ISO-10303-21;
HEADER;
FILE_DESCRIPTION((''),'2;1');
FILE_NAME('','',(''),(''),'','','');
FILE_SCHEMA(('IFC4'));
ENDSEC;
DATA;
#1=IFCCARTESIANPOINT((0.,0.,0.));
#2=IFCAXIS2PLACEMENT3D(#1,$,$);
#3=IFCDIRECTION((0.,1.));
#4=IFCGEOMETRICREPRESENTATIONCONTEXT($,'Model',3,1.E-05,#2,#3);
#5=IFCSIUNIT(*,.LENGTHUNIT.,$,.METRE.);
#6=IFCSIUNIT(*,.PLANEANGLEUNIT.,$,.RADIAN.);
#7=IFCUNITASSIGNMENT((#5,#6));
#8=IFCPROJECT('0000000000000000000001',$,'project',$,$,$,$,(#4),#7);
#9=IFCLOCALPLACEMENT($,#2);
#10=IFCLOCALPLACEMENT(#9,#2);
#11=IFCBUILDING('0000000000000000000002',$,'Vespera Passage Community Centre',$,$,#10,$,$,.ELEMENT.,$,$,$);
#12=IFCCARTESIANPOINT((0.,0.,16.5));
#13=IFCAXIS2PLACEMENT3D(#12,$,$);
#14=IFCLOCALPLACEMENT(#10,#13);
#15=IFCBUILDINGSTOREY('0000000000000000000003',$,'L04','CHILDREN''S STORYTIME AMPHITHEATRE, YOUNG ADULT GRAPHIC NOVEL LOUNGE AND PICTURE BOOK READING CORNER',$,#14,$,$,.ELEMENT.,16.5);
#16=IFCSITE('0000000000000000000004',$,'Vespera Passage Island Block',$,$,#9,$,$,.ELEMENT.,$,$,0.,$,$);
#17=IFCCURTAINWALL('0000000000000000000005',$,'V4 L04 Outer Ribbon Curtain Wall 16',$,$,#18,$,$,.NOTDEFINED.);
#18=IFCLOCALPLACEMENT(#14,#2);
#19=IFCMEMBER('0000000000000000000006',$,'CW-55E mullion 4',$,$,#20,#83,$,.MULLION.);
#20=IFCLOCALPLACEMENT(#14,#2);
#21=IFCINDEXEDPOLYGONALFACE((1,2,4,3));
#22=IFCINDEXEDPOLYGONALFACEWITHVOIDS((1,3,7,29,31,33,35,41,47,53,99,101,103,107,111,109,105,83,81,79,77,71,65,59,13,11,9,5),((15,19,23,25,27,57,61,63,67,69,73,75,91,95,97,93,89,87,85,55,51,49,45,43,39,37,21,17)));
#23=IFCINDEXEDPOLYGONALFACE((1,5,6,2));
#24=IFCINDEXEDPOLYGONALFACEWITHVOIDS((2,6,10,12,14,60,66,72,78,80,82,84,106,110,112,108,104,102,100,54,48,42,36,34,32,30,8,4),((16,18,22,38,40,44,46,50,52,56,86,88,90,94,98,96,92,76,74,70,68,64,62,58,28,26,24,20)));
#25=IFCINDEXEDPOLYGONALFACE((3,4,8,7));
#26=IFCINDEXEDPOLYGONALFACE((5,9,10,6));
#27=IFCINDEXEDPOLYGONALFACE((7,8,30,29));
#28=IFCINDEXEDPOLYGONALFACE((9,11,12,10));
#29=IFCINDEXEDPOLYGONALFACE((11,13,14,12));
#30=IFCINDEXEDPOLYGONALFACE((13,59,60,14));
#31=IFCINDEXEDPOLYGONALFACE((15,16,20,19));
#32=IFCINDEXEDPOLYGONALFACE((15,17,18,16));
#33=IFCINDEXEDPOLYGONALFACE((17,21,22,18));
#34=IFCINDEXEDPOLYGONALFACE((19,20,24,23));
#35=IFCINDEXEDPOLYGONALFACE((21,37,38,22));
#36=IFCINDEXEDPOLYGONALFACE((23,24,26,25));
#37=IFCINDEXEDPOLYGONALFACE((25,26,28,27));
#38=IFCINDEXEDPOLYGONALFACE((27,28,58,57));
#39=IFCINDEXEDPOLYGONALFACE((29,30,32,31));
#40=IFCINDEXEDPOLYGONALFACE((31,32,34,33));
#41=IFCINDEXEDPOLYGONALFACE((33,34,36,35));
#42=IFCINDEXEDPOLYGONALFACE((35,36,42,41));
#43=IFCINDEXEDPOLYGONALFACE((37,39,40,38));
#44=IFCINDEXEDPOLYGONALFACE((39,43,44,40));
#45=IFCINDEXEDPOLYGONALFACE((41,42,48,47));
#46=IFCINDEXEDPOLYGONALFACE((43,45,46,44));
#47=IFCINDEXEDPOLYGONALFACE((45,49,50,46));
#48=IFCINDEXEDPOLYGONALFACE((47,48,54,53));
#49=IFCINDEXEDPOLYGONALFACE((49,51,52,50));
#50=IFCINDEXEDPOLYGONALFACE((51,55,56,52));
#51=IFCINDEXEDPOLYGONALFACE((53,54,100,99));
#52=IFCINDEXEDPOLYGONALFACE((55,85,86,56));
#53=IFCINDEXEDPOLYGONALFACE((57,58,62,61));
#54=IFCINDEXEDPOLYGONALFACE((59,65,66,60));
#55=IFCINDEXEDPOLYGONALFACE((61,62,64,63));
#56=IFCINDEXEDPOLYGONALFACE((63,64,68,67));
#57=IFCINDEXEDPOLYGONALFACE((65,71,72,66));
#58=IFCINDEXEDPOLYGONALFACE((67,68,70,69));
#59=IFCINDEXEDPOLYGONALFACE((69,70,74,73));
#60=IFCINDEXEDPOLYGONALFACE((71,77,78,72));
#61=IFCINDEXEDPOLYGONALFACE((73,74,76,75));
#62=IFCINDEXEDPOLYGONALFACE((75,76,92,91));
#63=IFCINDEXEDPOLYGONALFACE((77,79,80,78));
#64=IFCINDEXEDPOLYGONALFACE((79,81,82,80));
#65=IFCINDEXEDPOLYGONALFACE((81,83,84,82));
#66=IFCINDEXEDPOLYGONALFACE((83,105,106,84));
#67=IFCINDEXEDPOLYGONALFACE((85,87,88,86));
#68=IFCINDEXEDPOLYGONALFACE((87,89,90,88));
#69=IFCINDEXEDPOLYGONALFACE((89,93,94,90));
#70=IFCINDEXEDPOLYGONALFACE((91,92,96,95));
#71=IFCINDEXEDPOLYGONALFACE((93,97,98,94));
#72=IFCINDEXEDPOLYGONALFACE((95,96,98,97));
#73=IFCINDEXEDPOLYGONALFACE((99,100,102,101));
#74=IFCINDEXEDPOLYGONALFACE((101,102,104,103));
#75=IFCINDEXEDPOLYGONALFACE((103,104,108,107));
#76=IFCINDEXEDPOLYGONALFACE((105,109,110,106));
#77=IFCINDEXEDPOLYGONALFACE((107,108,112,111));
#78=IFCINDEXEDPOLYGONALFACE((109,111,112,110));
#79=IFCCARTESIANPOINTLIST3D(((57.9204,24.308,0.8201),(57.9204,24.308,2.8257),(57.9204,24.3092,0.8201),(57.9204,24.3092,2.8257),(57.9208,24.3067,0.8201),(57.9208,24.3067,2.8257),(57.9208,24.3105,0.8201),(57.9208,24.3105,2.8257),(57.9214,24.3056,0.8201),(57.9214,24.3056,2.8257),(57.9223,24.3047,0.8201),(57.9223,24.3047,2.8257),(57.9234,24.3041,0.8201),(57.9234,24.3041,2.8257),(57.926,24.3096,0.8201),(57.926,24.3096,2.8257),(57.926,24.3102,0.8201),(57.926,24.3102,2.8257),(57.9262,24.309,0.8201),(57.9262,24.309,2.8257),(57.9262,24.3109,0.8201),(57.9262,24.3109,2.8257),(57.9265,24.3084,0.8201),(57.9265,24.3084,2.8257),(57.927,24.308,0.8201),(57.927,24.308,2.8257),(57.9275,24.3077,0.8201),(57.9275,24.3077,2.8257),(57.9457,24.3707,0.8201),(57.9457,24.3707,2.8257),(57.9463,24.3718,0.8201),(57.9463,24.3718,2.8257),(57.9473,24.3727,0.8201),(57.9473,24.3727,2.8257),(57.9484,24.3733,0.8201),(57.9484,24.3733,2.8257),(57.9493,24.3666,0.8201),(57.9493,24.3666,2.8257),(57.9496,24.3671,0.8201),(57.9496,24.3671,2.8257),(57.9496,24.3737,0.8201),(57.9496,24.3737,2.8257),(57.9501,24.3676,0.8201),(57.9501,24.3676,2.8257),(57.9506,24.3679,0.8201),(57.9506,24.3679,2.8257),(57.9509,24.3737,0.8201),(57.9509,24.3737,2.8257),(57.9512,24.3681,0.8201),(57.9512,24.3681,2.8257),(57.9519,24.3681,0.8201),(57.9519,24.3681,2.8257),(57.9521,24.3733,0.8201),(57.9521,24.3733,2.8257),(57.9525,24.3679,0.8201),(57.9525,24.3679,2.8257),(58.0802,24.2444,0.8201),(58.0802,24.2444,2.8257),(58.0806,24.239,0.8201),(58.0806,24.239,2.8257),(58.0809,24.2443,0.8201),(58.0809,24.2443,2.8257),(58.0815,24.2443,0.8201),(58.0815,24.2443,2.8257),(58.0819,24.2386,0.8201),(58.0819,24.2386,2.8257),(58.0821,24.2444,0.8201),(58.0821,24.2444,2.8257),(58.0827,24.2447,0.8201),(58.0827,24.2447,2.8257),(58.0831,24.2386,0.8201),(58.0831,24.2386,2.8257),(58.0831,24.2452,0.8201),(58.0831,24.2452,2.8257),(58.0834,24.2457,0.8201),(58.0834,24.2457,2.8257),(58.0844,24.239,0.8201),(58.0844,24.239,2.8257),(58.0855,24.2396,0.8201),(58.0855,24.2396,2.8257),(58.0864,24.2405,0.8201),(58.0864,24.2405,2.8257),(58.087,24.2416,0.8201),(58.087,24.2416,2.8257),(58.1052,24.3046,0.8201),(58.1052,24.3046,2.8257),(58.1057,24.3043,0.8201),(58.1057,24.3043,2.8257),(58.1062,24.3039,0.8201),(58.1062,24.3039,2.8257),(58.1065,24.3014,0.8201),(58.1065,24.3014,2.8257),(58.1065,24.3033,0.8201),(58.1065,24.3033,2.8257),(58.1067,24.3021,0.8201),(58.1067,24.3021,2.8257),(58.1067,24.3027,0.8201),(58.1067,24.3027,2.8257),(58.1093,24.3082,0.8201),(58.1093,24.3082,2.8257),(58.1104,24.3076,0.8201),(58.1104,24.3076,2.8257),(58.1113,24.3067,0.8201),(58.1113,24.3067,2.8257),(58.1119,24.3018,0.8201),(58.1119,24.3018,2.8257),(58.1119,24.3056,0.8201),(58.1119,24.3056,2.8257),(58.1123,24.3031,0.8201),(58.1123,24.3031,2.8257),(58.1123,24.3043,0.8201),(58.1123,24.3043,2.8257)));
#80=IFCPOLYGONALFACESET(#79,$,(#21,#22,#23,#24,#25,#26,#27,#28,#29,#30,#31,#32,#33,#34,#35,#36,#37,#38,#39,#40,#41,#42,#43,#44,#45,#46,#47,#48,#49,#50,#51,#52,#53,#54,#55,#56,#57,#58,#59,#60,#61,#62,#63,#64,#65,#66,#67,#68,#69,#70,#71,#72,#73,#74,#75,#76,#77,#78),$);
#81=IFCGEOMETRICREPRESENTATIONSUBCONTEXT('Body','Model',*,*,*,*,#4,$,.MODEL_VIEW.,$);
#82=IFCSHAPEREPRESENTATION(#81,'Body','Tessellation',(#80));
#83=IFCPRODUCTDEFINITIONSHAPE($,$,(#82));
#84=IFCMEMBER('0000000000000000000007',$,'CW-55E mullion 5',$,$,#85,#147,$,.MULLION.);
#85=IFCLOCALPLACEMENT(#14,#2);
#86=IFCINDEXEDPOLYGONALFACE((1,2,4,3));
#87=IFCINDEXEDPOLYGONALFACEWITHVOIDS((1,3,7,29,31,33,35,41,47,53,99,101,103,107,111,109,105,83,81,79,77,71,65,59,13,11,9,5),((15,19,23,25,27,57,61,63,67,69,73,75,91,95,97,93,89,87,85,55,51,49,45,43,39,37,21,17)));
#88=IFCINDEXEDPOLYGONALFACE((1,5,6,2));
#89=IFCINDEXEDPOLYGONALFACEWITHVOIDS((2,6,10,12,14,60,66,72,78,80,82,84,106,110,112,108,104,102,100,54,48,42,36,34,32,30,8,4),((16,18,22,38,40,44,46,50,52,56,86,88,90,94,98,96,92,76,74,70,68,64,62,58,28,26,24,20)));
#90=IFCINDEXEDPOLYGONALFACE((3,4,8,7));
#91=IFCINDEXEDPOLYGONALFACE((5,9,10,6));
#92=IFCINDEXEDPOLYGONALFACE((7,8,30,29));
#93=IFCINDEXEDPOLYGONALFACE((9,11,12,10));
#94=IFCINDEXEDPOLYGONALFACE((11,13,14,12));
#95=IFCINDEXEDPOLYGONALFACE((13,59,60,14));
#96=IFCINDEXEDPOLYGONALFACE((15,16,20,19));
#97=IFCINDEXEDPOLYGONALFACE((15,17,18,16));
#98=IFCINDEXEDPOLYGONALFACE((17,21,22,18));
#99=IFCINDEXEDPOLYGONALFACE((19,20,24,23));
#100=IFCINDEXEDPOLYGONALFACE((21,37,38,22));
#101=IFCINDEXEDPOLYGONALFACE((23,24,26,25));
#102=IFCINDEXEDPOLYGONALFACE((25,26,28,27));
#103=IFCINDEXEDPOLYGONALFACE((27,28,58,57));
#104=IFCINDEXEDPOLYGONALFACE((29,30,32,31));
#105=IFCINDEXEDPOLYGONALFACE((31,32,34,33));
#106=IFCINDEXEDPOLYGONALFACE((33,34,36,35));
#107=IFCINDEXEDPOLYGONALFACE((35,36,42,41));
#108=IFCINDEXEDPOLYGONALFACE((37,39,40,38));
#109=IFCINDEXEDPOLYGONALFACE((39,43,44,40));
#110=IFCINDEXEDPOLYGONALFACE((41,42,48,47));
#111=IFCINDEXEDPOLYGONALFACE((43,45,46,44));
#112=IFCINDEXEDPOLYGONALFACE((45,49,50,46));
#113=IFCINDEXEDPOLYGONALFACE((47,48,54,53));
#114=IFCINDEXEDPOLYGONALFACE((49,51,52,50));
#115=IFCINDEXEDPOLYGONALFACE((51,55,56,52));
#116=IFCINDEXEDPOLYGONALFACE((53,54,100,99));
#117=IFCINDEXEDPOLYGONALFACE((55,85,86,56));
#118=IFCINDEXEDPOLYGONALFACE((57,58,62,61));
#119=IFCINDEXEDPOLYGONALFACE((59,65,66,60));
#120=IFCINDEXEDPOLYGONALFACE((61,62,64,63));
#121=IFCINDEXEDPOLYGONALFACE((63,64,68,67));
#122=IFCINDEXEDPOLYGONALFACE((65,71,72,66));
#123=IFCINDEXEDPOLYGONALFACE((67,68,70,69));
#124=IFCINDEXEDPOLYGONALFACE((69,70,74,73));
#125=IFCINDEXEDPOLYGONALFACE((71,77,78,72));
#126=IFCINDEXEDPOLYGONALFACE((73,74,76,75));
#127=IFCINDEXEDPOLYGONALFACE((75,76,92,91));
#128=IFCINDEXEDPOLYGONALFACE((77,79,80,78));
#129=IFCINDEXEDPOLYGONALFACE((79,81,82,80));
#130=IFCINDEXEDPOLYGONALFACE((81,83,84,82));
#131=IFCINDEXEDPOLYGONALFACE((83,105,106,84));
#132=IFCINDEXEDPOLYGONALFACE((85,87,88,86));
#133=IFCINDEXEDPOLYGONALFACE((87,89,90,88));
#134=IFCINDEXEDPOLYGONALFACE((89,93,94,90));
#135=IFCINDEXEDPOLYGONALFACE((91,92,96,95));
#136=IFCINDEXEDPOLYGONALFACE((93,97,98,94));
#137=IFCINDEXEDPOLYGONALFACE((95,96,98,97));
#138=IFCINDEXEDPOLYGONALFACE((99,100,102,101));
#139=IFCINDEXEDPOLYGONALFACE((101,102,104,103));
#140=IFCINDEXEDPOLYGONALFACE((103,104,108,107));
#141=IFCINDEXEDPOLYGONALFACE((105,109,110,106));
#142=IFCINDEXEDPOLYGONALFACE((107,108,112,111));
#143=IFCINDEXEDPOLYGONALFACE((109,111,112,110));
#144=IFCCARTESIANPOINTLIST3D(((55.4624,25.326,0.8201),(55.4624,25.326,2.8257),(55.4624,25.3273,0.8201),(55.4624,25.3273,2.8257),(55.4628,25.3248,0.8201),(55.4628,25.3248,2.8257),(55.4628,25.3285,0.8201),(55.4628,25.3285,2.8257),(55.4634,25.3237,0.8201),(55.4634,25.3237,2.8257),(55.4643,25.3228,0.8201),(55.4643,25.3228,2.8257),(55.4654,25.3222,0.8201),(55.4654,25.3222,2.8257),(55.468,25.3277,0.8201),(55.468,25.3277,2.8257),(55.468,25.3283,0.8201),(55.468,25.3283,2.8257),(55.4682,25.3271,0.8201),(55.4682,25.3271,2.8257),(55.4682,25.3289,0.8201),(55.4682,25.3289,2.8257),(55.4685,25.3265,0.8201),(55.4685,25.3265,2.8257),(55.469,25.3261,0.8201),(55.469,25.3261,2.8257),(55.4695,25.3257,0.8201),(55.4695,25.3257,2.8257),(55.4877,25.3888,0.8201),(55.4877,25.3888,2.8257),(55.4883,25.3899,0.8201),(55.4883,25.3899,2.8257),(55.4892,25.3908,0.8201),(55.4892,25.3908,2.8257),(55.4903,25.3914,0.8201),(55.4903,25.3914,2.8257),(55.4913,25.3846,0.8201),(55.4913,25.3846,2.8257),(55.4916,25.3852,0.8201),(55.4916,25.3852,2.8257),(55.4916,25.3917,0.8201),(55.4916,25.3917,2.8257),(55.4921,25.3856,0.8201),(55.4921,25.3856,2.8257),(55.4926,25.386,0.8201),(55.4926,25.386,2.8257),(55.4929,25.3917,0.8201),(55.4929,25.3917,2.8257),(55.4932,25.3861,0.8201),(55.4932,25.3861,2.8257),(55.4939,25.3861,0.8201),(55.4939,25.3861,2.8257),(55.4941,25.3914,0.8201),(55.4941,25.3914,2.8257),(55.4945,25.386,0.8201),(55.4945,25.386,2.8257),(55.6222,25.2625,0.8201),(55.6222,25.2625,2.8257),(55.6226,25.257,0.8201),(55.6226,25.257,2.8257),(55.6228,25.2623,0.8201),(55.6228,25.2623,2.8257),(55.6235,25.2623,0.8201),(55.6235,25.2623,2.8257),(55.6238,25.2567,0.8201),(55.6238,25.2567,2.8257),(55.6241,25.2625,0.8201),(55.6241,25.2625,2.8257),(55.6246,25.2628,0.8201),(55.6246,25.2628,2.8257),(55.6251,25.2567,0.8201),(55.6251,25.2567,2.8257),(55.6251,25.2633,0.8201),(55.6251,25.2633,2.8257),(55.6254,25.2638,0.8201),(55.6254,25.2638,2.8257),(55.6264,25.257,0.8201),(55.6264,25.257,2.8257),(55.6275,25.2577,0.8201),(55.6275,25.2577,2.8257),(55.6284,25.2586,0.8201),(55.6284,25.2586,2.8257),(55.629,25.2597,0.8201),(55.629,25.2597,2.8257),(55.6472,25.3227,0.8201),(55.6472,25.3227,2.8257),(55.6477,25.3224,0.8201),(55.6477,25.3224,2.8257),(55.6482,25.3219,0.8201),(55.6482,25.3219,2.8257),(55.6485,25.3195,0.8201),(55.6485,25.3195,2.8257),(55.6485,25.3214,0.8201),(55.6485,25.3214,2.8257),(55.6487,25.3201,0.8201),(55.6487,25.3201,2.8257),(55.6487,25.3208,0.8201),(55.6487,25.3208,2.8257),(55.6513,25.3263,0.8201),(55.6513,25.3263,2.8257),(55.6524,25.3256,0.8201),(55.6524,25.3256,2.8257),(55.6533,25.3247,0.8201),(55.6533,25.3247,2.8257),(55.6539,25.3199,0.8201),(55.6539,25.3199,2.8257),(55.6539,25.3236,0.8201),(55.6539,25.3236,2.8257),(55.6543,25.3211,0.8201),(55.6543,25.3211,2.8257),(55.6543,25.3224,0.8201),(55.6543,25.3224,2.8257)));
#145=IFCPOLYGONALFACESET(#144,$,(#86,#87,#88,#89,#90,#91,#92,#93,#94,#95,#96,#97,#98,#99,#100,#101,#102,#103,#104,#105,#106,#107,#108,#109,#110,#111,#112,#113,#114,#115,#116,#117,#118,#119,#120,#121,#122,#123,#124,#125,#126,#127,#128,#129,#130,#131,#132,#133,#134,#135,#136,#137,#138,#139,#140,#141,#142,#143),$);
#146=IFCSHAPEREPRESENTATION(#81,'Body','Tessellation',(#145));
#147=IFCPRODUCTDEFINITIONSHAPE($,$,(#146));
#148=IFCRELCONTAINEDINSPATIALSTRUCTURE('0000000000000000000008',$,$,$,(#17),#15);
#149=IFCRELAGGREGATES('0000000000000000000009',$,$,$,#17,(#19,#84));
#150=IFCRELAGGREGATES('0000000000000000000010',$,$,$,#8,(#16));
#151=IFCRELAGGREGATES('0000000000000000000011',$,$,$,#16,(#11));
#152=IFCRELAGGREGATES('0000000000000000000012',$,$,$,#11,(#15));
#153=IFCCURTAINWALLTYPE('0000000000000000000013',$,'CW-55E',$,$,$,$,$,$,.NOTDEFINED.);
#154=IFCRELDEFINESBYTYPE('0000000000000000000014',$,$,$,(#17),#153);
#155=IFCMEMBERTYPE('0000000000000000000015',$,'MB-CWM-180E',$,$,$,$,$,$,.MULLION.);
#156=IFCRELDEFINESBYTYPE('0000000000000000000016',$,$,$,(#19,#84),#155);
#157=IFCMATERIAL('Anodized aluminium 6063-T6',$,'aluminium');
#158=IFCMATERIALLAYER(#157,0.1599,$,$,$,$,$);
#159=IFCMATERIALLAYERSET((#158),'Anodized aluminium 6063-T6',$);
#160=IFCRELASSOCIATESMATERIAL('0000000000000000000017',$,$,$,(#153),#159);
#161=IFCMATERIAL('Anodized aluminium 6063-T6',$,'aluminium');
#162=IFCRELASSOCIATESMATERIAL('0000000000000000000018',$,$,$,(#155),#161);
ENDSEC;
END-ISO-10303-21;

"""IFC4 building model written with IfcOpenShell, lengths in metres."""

from ifc_helpers import new_model, si_unit, direction, frame, origin, origin_2d, place, context, subcontext, project, spatial, hollow_rectangle, extrude, material, layer, layer_set, material_profile, profile_set, type_object, element, aggregate, save


model = new_model("IFC4")

# Units and contexts
model_context = context("Model", 3, precision=1e-05, world=origin(), true_north=direction((0.0, 1.0)))
body_context = subcontext(model_context, "Body", "Model", "MODEL_VIEW")
ifc_project = project(units=[si_unit("LENGTHUNIT", "METRE"), si_unit("PLANEANGLEUNIT", "RADIAN")], contexts=[model_context])

# Site, building, storey
site_placement = place(None, origin())
site = spatial("IfcSite", under=ifc_project, at=site_placement, Name="Vespera Passage Island Block", CompositionType="ELEMENT", RefElevation=0.0)
building_placement = place(site_placement, origin())
building = spatial("IfcBuilding", under=site, at=building_placement, Name="Vespera Passage Community Centre", CompositionType="ELEMENT")
storey_placement = place(building_placement, frame((0.0, 0.0, 16.5)))
storey = spatial("IfcBuildingStorey", under=building, at=storey_placement, Name="L04", Description="CHILDREN'S STORYTIME AMPHITHEATRE, YOUNG ADULT GRAPHIC NOVEL LOUNGE AND PICTURE BOOK READING CORNER", CompositionType="ELEMENT", Elevation=16.5)

# Curtain wall, members
ifc_material_1 = material(Name="Anodized aluminium 6063-T6", Category="aluminium")
ifc_layer_1 = layer(ifc_material_1, 0.1599)
ifc_layer_set_1 = layer_set([ifc_layer_1], Name="Anodized aluminium 6063-T6")
curtain_wall_type = type_object("IfcCurtainWallType", Name="CW-55E", PredefinedType="NOTDEFINED", material=ifc_layer_set_1)
curtain_wall_placement = place(storey_placement, origin())
curtain_wall = element("IfcCurtainWall", 1, at=curtain_wall_placement, inside=storey, type_object=curtain_wall_type, Name="V4 L04 Outer Ribbon Curtain Wall 16", PredefinedType="NOTDEFINED")
ifc_material_2 = material(Name="Anodized aluminium 6063-T6", Category="aluminium")
ifc_material_profile_1 = material_profile(ifc_material_2, hollow_rectangle(XDim=0.075, YDim=0.1799, WallThickness=0.0049, InnerFilletRadius=0.0024, OuterFilletRadius=0.0049, at=origin_2d()), Name="ALU180X75X5")
ifc_profile_set_1 = profile_set([ifc_material_profile_1], Name="Anodized aluminium 6063-T6")
member_type_1 = type_object("IfcMemberType", Name="MB-CWM-180E", PredefinedType="MULLION", material=ifc_profile_set_1)
member_1_placement = place(storey_placement, frame((58.0164, 24.3062, 0.8201), z_axis=(0.0, 0.0, 1.0), x_axis=(-0.382683, -0.92388, 0.0)))
member_1 = element("IfcMember", 2, at=member_1_placement, type_object=member_type_1, Name="CW-55E mullion 4", PredefinedType="MULLION", context=body_context, shape_type="SweptSolid", body=[
    extrude(hollow_rectangle(XDim=0.075, YDim=0.1799, WallThickness=0.0049, InnerFilletRadius=0.0024, OuterFilletRadius=0.0049, at=origin_2d()), origin(), (0.0, 0.0, 1.0), 2.0056),
])
member_2_placement = place(storey_placement, frame((55.5583, 25.3242, 0.8201), z_axis=(0.0, 0.0, 1.0), x_axis=(-0.382683, -0.92388, 0.0)))
member_2 = element("IfcMember", 3, at=member_2_placement, type_object=member_type_1, Name="CW-55E mullion 5", PredefinedType="MULLION", context=body_context, shape_type="SweptSolid", body=[
    extrude(hollow_rectangle(XDim=0.075, YDim=0.1799, WallThickness=0.0049, InnerFilletRadius=0.0024, OuterFilletRadius=0.0049, at=origin_2d()), origin(), (0.0, 0.0, 1.0), 2.0056),
])
aggregate(curtain_wall, [member_1, member_2])

save(model, "model.ifc")
